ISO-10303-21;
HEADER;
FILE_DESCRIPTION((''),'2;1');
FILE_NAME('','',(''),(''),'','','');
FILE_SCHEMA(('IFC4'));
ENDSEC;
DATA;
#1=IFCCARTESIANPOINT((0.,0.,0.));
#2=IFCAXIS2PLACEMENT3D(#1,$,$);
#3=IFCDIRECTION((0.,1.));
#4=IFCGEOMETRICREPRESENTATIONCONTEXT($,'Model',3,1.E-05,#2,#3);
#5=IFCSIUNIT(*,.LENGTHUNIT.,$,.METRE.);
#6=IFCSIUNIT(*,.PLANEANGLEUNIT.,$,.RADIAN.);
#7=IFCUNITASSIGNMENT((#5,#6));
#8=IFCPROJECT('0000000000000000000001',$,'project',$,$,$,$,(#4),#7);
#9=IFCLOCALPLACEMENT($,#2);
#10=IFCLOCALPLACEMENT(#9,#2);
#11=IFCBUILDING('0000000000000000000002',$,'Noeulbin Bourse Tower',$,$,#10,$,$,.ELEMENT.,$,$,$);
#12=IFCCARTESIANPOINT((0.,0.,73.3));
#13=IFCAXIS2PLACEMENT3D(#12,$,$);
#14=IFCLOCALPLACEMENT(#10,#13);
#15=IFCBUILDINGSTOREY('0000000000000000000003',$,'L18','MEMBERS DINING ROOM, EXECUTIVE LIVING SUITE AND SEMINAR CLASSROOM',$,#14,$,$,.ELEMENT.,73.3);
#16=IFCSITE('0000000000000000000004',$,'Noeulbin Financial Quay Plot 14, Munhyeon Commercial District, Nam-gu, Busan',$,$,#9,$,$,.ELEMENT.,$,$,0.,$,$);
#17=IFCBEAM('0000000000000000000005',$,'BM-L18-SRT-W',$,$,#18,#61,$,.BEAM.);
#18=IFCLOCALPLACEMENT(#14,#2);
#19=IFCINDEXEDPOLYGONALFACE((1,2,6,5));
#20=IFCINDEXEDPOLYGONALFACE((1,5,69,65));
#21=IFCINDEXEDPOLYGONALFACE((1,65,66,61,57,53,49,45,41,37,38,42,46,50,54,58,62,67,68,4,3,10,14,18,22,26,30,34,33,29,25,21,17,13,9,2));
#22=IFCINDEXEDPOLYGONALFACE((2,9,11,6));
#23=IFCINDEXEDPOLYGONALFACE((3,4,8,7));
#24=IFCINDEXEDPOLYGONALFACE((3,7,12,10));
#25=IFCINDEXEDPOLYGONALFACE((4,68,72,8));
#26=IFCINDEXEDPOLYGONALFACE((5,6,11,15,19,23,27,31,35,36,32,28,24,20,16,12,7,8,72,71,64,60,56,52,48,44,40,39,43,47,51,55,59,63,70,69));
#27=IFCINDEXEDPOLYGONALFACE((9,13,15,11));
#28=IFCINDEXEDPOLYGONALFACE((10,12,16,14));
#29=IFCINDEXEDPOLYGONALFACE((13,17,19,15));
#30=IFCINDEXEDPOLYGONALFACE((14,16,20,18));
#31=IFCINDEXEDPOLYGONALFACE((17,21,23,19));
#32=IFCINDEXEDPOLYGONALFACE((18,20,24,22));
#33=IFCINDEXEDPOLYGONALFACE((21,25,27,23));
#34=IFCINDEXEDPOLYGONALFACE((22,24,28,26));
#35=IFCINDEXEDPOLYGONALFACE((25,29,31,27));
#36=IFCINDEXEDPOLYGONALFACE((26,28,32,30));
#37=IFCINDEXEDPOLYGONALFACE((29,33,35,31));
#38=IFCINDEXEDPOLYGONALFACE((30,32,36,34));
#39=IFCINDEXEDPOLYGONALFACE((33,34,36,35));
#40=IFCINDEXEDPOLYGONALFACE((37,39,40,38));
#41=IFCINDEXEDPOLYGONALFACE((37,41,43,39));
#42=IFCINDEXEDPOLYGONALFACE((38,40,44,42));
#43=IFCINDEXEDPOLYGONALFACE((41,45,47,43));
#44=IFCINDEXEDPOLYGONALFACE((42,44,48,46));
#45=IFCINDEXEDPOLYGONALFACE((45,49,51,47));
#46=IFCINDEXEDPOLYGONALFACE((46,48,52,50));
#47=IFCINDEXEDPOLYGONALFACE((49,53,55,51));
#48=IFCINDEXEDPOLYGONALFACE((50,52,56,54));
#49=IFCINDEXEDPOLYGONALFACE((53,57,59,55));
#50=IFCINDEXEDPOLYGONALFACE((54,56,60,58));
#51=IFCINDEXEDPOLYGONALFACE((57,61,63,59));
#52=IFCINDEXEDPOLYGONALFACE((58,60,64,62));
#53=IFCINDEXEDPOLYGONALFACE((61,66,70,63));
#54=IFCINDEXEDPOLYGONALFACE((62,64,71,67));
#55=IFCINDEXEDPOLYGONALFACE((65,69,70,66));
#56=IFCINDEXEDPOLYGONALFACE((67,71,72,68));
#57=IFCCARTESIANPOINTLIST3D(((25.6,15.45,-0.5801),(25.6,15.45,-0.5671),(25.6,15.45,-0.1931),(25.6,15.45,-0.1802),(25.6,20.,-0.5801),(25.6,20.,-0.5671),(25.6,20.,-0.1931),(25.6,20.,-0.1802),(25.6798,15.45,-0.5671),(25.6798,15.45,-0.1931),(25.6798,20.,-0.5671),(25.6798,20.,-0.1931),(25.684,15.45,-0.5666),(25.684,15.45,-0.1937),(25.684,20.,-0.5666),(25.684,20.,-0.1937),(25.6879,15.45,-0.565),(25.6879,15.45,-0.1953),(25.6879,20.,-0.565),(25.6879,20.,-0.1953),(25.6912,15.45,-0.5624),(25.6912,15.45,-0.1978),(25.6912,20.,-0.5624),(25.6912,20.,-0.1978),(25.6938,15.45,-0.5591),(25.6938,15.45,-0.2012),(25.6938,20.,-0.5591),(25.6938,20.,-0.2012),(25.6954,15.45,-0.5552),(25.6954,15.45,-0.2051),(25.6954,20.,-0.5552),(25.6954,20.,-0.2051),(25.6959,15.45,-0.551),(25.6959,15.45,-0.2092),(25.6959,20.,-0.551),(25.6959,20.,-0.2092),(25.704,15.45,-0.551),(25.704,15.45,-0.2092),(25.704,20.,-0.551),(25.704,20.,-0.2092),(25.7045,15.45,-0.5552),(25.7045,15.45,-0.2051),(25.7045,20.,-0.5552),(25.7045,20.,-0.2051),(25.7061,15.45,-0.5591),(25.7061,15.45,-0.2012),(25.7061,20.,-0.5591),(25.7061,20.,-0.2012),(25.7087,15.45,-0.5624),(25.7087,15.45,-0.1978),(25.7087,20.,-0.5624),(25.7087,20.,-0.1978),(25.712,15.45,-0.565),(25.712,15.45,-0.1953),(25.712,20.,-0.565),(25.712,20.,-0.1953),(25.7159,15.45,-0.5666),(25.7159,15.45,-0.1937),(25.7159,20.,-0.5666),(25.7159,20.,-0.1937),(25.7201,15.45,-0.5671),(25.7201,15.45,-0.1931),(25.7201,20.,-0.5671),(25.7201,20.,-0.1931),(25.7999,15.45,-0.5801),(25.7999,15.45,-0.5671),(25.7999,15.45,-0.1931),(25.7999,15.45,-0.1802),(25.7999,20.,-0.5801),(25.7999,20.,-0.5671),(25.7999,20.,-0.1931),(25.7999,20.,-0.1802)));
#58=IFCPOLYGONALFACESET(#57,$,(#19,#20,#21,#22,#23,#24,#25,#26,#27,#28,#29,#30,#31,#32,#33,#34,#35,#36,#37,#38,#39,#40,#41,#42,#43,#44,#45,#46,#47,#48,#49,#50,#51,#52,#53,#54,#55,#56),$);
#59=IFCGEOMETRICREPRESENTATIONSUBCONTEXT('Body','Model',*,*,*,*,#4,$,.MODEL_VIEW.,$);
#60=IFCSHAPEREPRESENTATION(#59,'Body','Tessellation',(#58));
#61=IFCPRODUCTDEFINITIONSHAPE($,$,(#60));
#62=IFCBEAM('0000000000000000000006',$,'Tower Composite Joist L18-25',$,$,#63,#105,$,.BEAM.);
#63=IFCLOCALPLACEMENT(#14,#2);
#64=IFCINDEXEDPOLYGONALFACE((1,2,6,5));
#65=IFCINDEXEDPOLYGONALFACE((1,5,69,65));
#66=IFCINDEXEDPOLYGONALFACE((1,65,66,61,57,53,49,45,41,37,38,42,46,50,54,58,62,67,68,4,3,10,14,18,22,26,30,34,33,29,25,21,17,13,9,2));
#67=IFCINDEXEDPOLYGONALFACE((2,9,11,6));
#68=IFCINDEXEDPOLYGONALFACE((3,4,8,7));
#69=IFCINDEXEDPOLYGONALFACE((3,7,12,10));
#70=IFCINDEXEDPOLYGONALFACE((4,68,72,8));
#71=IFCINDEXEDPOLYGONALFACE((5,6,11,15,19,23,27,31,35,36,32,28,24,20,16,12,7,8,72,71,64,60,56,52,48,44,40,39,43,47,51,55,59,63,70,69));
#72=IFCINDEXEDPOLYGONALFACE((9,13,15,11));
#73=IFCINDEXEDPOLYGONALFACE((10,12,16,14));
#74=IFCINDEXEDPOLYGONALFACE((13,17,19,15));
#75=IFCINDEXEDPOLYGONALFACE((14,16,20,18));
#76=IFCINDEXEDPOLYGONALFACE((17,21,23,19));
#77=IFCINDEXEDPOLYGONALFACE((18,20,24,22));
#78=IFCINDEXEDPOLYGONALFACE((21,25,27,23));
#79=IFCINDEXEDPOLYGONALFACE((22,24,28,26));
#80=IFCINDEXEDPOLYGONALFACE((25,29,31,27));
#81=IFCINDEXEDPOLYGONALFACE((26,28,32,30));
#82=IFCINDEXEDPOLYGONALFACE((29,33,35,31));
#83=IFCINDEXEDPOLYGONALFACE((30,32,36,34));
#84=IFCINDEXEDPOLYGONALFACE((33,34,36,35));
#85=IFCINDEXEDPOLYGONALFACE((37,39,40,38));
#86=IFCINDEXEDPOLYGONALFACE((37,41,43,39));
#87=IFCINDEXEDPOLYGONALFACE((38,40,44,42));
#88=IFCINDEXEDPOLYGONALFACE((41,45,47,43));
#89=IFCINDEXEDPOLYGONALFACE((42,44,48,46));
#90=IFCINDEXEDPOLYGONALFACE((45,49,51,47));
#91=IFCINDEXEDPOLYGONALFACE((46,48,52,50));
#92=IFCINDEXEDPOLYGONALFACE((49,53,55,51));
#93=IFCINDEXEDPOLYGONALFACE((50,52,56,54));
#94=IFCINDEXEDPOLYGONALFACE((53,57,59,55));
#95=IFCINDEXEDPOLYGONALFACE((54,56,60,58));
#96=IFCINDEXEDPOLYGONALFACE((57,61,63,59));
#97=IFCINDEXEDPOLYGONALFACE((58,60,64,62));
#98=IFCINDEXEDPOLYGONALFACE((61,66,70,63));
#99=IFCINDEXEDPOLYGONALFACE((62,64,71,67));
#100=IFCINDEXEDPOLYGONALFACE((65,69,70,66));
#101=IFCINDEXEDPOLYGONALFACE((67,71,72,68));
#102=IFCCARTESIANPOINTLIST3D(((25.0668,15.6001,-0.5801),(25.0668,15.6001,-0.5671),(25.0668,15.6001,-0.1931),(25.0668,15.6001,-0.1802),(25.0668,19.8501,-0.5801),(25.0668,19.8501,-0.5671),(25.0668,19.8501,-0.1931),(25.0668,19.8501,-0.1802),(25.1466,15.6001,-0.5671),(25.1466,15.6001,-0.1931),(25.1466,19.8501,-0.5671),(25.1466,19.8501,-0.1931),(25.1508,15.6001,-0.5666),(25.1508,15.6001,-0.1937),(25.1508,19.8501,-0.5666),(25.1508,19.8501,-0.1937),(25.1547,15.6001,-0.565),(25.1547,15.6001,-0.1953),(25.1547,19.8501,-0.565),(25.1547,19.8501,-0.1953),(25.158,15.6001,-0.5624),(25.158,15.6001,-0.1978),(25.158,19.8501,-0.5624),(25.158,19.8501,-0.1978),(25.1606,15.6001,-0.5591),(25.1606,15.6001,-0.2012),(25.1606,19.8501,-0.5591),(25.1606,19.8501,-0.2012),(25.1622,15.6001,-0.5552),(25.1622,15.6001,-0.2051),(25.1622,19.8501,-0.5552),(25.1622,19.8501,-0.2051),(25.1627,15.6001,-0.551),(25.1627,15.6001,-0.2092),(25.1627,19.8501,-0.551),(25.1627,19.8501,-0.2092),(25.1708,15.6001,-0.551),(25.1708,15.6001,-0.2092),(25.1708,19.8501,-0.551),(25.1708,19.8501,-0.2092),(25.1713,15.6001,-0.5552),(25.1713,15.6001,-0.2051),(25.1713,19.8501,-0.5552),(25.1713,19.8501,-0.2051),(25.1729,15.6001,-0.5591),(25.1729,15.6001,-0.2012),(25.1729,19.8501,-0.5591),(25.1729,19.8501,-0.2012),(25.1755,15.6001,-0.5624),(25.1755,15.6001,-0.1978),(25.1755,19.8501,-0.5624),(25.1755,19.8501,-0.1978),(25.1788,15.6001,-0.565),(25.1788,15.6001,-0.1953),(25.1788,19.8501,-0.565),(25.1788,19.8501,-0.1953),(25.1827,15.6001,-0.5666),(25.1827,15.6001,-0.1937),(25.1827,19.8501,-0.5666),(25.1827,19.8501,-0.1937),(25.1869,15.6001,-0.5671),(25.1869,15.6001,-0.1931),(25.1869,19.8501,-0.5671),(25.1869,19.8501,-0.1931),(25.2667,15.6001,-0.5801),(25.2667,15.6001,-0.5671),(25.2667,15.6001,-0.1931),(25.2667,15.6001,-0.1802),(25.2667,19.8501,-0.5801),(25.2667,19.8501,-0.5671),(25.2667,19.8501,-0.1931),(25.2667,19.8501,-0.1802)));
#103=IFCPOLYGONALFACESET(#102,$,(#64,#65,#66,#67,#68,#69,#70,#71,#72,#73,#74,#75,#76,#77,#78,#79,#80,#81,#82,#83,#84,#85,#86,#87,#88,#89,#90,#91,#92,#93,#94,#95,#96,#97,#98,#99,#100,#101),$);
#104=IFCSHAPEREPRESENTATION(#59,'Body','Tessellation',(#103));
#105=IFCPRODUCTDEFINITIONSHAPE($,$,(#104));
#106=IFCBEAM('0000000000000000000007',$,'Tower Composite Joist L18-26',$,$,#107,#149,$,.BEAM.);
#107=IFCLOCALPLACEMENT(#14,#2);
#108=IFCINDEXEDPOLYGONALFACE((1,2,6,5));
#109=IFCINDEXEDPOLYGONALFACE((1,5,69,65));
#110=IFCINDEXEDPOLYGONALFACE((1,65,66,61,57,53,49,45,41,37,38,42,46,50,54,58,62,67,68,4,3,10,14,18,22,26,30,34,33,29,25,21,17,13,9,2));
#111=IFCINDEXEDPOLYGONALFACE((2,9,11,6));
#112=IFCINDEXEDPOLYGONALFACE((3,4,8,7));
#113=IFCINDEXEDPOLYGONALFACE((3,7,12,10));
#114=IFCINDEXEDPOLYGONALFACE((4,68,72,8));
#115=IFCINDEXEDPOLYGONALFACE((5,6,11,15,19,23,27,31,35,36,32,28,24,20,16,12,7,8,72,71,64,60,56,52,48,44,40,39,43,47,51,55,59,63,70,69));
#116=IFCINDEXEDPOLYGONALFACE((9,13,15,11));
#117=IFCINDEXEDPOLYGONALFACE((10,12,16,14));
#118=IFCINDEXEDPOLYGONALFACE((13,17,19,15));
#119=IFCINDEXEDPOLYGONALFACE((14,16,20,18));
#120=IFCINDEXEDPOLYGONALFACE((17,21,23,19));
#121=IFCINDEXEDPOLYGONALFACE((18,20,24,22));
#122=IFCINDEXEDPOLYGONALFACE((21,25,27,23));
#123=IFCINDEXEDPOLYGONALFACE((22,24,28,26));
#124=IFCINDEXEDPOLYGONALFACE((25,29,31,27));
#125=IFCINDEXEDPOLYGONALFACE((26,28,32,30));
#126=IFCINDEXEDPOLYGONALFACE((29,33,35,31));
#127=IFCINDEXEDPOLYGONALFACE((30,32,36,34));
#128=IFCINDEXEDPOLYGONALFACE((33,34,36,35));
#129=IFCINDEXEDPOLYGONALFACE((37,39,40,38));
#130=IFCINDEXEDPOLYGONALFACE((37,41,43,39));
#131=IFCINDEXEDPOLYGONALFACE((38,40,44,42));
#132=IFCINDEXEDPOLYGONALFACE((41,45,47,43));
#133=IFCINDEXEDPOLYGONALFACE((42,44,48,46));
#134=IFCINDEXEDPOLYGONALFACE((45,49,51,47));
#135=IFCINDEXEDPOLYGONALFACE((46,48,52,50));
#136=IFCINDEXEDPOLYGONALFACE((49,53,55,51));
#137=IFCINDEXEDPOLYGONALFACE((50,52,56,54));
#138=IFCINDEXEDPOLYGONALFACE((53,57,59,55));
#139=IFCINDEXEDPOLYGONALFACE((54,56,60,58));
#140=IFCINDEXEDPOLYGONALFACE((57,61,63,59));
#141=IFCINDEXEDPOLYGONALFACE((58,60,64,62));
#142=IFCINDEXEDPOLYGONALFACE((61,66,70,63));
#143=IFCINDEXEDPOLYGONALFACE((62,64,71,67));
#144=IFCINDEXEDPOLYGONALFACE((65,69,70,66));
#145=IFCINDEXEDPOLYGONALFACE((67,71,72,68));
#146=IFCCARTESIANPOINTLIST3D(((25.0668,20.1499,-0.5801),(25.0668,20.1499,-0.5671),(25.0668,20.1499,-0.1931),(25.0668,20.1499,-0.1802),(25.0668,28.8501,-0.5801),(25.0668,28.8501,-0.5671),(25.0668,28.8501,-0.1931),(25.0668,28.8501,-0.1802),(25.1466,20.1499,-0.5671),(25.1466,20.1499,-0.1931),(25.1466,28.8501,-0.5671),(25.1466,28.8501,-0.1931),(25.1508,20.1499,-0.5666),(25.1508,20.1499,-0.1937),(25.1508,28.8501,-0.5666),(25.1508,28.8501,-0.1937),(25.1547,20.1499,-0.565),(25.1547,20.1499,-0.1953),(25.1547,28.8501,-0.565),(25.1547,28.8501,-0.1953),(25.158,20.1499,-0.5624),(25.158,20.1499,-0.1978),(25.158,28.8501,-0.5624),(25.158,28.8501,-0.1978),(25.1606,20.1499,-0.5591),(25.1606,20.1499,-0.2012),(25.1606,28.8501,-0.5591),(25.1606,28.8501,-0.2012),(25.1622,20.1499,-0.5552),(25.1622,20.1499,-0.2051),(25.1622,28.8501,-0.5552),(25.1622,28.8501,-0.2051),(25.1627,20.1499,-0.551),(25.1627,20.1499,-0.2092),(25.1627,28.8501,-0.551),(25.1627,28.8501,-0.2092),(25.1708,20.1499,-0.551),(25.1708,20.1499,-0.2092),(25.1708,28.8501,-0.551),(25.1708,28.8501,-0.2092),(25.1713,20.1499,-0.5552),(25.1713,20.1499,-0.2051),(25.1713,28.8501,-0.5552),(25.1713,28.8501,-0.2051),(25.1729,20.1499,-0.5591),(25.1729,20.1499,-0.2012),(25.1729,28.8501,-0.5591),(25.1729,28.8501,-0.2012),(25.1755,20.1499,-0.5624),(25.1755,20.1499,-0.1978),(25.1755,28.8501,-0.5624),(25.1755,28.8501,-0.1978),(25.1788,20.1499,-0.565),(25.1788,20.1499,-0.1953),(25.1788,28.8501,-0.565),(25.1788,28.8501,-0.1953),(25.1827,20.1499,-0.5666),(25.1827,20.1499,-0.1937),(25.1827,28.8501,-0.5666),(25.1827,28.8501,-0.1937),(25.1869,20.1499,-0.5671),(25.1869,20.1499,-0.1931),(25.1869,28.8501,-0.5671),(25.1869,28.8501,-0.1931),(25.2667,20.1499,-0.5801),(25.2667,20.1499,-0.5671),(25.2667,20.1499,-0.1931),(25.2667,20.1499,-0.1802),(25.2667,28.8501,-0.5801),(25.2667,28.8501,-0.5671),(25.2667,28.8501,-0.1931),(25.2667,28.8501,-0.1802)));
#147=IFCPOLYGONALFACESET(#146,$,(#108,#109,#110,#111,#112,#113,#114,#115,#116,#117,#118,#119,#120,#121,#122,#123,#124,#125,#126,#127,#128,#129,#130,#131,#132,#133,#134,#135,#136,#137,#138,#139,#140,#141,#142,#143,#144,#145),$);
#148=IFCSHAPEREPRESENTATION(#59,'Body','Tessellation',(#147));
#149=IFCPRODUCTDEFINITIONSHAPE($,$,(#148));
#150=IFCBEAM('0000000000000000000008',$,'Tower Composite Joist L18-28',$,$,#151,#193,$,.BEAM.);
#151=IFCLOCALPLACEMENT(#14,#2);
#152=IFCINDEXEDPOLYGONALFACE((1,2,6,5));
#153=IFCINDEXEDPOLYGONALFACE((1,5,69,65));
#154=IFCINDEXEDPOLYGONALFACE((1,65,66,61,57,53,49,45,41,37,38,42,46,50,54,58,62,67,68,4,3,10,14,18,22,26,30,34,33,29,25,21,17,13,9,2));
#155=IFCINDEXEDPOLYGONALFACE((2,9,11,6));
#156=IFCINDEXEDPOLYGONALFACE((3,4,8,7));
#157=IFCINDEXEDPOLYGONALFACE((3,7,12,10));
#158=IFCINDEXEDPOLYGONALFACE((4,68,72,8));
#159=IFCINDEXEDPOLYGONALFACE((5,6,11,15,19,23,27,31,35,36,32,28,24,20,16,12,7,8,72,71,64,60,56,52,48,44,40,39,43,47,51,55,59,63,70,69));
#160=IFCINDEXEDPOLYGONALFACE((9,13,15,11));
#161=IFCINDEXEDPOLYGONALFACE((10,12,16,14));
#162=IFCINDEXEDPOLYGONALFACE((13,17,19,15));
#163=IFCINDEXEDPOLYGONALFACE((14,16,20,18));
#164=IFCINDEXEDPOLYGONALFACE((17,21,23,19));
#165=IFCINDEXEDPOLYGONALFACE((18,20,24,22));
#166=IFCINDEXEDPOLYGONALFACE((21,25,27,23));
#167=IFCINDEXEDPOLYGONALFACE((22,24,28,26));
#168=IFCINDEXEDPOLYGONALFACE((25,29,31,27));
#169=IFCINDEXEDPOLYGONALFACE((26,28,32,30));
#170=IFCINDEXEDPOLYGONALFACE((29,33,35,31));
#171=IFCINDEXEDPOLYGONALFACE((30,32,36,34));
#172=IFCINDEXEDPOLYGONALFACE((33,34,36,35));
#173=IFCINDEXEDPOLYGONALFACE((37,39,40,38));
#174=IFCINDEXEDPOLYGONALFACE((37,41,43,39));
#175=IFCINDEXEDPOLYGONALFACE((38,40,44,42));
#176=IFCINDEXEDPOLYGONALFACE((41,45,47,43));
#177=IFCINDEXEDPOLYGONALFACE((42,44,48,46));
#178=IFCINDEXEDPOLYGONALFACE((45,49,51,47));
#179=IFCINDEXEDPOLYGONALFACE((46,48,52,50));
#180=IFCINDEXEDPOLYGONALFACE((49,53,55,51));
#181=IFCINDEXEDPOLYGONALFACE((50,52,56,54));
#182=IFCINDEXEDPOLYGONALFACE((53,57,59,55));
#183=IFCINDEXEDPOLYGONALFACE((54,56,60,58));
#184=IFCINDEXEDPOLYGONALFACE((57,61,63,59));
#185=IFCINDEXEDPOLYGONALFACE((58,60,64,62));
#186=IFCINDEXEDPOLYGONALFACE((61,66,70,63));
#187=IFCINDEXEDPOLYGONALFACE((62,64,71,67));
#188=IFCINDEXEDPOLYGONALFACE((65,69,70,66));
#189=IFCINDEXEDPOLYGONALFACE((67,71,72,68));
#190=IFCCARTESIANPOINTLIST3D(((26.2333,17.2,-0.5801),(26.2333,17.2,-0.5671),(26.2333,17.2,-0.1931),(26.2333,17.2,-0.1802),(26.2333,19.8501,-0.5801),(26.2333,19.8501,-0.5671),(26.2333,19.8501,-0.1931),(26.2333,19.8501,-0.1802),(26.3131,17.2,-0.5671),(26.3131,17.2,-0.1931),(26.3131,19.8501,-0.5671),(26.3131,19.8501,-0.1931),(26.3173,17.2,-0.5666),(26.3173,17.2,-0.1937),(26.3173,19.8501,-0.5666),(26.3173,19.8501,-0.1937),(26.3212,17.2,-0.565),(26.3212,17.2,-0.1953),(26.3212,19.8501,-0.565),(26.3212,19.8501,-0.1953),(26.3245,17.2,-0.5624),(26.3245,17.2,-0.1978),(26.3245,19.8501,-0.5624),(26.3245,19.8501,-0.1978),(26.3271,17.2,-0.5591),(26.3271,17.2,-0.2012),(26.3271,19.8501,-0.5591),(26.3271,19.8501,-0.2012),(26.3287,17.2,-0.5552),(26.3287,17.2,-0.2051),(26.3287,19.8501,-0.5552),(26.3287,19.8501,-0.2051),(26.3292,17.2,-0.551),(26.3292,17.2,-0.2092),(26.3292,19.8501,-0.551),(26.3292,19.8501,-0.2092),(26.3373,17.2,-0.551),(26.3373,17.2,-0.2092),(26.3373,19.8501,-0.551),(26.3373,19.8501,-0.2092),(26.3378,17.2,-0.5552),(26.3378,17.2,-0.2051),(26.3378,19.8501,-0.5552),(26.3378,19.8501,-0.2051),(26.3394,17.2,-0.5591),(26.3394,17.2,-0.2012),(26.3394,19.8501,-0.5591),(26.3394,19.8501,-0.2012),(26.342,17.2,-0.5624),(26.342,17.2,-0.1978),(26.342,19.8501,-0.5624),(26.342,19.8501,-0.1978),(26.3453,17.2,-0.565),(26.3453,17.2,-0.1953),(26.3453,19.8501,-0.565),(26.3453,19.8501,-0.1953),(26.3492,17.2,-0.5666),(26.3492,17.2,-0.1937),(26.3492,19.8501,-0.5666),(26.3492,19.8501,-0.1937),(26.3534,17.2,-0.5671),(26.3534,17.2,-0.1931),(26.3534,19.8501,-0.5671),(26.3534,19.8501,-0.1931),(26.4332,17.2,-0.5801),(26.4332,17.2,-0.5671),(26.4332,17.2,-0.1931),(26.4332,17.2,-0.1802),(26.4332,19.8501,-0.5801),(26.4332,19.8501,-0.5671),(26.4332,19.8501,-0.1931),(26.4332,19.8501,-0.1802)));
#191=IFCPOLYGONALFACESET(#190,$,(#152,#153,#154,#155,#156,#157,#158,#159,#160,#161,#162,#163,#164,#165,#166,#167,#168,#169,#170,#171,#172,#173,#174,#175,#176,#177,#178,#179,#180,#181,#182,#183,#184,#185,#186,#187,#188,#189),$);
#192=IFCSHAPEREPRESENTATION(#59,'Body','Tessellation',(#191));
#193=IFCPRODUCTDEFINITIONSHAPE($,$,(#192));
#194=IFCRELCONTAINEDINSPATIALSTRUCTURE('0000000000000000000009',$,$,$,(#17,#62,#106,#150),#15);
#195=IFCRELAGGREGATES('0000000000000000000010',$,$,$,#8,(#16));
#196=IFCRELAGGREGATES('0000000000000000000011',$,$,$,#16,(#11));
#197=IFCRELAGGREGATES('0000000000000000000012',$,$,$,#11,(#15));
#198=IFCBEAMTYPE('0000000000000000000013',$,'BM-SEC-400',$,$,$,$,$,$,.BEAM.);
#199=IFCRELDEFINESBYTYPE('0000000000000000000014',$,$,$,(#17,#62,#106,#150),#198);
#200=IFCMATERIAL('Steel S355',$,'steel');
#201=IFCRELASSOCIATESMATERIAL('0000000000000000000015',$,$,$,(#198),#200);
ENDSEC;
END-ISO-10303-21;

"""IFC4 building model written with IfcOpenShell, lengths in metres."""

from ifc_helpers import new_model, si_unit, direction, frame, origin, origin_2d, place, context, subcontext, project, spatial, i_section, extrude, material, material_profile, profile_set, type_object, element, save


model = new_model("IFC4")

# Units and contexts
model_context = context("Model", 3, precision=1e-05, world=origin(), true_north=direction((0.0, 1.0)))
body_context = subcontext(model_context, "Body", "Model", "MODEL_VIEW")
ifc_project = project(units=[si_unit("LENGTHUNIT", "METRE"), si_unit("PLANEANGLEUNIT", "RADIAN")], contexts=[model_context])

# Site, building, storey
site_placement = place(None, origin())
site = spatial("IfcSite", under=ifc_project, at=site_placement, Name="Noeulbin Financial Quay Plot 14, Munhyeon Commercial District, Nam-gu, Busan", CompositionType="ELEMENT", RefElevation=0.0)
building_placement = place(site_placement, origin())
building = spatial("IfcBuilding", under=site, at=building_placement, Name="Noeulbin Bourse Tower", CompositionType="ELEMENT")
storey_placement = place(building_placement, frame((0.0, 0.0, 73.3)))
storey = spatial("IfcBuildingStorey", under=building, at=storey_placement, Name="L18", Description="MEMBERS DINING ROOM, EXECUTIVE LIVING SUITE AND SEMINAR CLASSROOM", CompositionType="ELEMENT", Elevation=73.3)

# Beams
ifc_material_1 = material(Name="Steel S355", Category="steel")
ifc_material_profile_1 = material_profile(ifc_material_1, i_section(OverallWidth=0.2, OverallDepth=0.3999, WebThickness=0.0081, FlangeThickness=0.0129, FilletRadius=0.0161, at=origin_2d()), Name="H-400x200x8x13", Category="LoadBearing")
ifc_profile_set_1 = profile_set([ifc_material_profile_1], Name="Steel S355")
beam_type_1 = type_object("IfcBeamType", Name="BM-SEC-400", PredefinedType="BEAM", material=ifc_profile_set_1)
beam_1_placement = place(storey_placement, frame((25.7, 15.45, -0.3801), z_axis=(0.0, 1.0, 0.0), x_axis=(-1.0, 0.0, 0.0)))
element("IfcBeam", 1, at=beam_1_placement, inside=storey, type_object=beam_type_1, Name="BM-L18-SRT-W", PredefinedType="BEAM", context=body_context, shape_type="SweptSolid", body=[
    extrude(i_section(OverallWidth=0.2, OverallDepth=0.3999, WebThickness=0.0081, FlangeThickness=0.0129, FilletRadius=0.0161, at=origin_2d()), origin(), (0.0, 0.0, 1.0), 4.55),
])
beam_2_placement = place(storey_placement, frame((25.1667, 15.6001, -0.3801), z_axis=(0.0, 1.0, 0.0), x_axis=(-1.0, 0.0, 0.0)))
element("IfcBeam", 2, at=beam_2_placement, inside=storey, type_object=beam_type_1, Name="Tower Composite Joist L18-25", PredefinedType="BEAM", context=body_context, shape_type="SweptSolid", body=[
    extrude(i_section(OverallWidth=0.2, OverallDepth=0.3999, WebThickness=0.0081, FlangeThickness=0.0129, FilletRadius=0.0161, at=origin_2d()), origin(), (0.0, 0.0, 1.0), 4.25),
])
beam_3_placement = place(storey_placement, frame((25.1667, 20.1499, -0.3801), z_axis=(0.0, 1.0, 0.0), x_axis=(-1.0, 0.0, 0.0)))
element("IfcBeam", 3, at=beam_3_placement, inside=storey, type_object=beam_type_1, Name="Tower Composite Joist L18-26", PredefinedType="BEAM", context=body_context, shape_type="SweptSolid", body=[
    extrude(i_section(OverallWidth=0.2, OverallDepth=0.3999, WebThickness=0.0081, FlangeThickness=0.0129, FilletRadius=0.0161, at=origin_2d()), origin(), (0.0, 0.0, 1.0), 8.7002),
])
beam_4_placement = place(storey_placement, frame((26.3333, 17.2, -0.3801), z_axis=(0.0, 1.0, 0.0), x_axis=(-1.0, 0.0, 0.0)))
element("IfcBeam", 4, at=beam_4_placement, inside=storey, type_object=beam_type_1, Name="Tower Composite Joist L18-28", PredefinedType="BEAM", context=body_context, shape_type="SweptSolid", body=[
    extrude(i_section(OverallWidth=0.2, OverallDepth=0.3999, WebThickness=0.0081, FlangeThickness=0.0129, FilletRadius=0.0161, at=origin_2d()), origin(), (0.0, 0.0, 1.0), 2.6501),
])

save(model, "model.ifc")
